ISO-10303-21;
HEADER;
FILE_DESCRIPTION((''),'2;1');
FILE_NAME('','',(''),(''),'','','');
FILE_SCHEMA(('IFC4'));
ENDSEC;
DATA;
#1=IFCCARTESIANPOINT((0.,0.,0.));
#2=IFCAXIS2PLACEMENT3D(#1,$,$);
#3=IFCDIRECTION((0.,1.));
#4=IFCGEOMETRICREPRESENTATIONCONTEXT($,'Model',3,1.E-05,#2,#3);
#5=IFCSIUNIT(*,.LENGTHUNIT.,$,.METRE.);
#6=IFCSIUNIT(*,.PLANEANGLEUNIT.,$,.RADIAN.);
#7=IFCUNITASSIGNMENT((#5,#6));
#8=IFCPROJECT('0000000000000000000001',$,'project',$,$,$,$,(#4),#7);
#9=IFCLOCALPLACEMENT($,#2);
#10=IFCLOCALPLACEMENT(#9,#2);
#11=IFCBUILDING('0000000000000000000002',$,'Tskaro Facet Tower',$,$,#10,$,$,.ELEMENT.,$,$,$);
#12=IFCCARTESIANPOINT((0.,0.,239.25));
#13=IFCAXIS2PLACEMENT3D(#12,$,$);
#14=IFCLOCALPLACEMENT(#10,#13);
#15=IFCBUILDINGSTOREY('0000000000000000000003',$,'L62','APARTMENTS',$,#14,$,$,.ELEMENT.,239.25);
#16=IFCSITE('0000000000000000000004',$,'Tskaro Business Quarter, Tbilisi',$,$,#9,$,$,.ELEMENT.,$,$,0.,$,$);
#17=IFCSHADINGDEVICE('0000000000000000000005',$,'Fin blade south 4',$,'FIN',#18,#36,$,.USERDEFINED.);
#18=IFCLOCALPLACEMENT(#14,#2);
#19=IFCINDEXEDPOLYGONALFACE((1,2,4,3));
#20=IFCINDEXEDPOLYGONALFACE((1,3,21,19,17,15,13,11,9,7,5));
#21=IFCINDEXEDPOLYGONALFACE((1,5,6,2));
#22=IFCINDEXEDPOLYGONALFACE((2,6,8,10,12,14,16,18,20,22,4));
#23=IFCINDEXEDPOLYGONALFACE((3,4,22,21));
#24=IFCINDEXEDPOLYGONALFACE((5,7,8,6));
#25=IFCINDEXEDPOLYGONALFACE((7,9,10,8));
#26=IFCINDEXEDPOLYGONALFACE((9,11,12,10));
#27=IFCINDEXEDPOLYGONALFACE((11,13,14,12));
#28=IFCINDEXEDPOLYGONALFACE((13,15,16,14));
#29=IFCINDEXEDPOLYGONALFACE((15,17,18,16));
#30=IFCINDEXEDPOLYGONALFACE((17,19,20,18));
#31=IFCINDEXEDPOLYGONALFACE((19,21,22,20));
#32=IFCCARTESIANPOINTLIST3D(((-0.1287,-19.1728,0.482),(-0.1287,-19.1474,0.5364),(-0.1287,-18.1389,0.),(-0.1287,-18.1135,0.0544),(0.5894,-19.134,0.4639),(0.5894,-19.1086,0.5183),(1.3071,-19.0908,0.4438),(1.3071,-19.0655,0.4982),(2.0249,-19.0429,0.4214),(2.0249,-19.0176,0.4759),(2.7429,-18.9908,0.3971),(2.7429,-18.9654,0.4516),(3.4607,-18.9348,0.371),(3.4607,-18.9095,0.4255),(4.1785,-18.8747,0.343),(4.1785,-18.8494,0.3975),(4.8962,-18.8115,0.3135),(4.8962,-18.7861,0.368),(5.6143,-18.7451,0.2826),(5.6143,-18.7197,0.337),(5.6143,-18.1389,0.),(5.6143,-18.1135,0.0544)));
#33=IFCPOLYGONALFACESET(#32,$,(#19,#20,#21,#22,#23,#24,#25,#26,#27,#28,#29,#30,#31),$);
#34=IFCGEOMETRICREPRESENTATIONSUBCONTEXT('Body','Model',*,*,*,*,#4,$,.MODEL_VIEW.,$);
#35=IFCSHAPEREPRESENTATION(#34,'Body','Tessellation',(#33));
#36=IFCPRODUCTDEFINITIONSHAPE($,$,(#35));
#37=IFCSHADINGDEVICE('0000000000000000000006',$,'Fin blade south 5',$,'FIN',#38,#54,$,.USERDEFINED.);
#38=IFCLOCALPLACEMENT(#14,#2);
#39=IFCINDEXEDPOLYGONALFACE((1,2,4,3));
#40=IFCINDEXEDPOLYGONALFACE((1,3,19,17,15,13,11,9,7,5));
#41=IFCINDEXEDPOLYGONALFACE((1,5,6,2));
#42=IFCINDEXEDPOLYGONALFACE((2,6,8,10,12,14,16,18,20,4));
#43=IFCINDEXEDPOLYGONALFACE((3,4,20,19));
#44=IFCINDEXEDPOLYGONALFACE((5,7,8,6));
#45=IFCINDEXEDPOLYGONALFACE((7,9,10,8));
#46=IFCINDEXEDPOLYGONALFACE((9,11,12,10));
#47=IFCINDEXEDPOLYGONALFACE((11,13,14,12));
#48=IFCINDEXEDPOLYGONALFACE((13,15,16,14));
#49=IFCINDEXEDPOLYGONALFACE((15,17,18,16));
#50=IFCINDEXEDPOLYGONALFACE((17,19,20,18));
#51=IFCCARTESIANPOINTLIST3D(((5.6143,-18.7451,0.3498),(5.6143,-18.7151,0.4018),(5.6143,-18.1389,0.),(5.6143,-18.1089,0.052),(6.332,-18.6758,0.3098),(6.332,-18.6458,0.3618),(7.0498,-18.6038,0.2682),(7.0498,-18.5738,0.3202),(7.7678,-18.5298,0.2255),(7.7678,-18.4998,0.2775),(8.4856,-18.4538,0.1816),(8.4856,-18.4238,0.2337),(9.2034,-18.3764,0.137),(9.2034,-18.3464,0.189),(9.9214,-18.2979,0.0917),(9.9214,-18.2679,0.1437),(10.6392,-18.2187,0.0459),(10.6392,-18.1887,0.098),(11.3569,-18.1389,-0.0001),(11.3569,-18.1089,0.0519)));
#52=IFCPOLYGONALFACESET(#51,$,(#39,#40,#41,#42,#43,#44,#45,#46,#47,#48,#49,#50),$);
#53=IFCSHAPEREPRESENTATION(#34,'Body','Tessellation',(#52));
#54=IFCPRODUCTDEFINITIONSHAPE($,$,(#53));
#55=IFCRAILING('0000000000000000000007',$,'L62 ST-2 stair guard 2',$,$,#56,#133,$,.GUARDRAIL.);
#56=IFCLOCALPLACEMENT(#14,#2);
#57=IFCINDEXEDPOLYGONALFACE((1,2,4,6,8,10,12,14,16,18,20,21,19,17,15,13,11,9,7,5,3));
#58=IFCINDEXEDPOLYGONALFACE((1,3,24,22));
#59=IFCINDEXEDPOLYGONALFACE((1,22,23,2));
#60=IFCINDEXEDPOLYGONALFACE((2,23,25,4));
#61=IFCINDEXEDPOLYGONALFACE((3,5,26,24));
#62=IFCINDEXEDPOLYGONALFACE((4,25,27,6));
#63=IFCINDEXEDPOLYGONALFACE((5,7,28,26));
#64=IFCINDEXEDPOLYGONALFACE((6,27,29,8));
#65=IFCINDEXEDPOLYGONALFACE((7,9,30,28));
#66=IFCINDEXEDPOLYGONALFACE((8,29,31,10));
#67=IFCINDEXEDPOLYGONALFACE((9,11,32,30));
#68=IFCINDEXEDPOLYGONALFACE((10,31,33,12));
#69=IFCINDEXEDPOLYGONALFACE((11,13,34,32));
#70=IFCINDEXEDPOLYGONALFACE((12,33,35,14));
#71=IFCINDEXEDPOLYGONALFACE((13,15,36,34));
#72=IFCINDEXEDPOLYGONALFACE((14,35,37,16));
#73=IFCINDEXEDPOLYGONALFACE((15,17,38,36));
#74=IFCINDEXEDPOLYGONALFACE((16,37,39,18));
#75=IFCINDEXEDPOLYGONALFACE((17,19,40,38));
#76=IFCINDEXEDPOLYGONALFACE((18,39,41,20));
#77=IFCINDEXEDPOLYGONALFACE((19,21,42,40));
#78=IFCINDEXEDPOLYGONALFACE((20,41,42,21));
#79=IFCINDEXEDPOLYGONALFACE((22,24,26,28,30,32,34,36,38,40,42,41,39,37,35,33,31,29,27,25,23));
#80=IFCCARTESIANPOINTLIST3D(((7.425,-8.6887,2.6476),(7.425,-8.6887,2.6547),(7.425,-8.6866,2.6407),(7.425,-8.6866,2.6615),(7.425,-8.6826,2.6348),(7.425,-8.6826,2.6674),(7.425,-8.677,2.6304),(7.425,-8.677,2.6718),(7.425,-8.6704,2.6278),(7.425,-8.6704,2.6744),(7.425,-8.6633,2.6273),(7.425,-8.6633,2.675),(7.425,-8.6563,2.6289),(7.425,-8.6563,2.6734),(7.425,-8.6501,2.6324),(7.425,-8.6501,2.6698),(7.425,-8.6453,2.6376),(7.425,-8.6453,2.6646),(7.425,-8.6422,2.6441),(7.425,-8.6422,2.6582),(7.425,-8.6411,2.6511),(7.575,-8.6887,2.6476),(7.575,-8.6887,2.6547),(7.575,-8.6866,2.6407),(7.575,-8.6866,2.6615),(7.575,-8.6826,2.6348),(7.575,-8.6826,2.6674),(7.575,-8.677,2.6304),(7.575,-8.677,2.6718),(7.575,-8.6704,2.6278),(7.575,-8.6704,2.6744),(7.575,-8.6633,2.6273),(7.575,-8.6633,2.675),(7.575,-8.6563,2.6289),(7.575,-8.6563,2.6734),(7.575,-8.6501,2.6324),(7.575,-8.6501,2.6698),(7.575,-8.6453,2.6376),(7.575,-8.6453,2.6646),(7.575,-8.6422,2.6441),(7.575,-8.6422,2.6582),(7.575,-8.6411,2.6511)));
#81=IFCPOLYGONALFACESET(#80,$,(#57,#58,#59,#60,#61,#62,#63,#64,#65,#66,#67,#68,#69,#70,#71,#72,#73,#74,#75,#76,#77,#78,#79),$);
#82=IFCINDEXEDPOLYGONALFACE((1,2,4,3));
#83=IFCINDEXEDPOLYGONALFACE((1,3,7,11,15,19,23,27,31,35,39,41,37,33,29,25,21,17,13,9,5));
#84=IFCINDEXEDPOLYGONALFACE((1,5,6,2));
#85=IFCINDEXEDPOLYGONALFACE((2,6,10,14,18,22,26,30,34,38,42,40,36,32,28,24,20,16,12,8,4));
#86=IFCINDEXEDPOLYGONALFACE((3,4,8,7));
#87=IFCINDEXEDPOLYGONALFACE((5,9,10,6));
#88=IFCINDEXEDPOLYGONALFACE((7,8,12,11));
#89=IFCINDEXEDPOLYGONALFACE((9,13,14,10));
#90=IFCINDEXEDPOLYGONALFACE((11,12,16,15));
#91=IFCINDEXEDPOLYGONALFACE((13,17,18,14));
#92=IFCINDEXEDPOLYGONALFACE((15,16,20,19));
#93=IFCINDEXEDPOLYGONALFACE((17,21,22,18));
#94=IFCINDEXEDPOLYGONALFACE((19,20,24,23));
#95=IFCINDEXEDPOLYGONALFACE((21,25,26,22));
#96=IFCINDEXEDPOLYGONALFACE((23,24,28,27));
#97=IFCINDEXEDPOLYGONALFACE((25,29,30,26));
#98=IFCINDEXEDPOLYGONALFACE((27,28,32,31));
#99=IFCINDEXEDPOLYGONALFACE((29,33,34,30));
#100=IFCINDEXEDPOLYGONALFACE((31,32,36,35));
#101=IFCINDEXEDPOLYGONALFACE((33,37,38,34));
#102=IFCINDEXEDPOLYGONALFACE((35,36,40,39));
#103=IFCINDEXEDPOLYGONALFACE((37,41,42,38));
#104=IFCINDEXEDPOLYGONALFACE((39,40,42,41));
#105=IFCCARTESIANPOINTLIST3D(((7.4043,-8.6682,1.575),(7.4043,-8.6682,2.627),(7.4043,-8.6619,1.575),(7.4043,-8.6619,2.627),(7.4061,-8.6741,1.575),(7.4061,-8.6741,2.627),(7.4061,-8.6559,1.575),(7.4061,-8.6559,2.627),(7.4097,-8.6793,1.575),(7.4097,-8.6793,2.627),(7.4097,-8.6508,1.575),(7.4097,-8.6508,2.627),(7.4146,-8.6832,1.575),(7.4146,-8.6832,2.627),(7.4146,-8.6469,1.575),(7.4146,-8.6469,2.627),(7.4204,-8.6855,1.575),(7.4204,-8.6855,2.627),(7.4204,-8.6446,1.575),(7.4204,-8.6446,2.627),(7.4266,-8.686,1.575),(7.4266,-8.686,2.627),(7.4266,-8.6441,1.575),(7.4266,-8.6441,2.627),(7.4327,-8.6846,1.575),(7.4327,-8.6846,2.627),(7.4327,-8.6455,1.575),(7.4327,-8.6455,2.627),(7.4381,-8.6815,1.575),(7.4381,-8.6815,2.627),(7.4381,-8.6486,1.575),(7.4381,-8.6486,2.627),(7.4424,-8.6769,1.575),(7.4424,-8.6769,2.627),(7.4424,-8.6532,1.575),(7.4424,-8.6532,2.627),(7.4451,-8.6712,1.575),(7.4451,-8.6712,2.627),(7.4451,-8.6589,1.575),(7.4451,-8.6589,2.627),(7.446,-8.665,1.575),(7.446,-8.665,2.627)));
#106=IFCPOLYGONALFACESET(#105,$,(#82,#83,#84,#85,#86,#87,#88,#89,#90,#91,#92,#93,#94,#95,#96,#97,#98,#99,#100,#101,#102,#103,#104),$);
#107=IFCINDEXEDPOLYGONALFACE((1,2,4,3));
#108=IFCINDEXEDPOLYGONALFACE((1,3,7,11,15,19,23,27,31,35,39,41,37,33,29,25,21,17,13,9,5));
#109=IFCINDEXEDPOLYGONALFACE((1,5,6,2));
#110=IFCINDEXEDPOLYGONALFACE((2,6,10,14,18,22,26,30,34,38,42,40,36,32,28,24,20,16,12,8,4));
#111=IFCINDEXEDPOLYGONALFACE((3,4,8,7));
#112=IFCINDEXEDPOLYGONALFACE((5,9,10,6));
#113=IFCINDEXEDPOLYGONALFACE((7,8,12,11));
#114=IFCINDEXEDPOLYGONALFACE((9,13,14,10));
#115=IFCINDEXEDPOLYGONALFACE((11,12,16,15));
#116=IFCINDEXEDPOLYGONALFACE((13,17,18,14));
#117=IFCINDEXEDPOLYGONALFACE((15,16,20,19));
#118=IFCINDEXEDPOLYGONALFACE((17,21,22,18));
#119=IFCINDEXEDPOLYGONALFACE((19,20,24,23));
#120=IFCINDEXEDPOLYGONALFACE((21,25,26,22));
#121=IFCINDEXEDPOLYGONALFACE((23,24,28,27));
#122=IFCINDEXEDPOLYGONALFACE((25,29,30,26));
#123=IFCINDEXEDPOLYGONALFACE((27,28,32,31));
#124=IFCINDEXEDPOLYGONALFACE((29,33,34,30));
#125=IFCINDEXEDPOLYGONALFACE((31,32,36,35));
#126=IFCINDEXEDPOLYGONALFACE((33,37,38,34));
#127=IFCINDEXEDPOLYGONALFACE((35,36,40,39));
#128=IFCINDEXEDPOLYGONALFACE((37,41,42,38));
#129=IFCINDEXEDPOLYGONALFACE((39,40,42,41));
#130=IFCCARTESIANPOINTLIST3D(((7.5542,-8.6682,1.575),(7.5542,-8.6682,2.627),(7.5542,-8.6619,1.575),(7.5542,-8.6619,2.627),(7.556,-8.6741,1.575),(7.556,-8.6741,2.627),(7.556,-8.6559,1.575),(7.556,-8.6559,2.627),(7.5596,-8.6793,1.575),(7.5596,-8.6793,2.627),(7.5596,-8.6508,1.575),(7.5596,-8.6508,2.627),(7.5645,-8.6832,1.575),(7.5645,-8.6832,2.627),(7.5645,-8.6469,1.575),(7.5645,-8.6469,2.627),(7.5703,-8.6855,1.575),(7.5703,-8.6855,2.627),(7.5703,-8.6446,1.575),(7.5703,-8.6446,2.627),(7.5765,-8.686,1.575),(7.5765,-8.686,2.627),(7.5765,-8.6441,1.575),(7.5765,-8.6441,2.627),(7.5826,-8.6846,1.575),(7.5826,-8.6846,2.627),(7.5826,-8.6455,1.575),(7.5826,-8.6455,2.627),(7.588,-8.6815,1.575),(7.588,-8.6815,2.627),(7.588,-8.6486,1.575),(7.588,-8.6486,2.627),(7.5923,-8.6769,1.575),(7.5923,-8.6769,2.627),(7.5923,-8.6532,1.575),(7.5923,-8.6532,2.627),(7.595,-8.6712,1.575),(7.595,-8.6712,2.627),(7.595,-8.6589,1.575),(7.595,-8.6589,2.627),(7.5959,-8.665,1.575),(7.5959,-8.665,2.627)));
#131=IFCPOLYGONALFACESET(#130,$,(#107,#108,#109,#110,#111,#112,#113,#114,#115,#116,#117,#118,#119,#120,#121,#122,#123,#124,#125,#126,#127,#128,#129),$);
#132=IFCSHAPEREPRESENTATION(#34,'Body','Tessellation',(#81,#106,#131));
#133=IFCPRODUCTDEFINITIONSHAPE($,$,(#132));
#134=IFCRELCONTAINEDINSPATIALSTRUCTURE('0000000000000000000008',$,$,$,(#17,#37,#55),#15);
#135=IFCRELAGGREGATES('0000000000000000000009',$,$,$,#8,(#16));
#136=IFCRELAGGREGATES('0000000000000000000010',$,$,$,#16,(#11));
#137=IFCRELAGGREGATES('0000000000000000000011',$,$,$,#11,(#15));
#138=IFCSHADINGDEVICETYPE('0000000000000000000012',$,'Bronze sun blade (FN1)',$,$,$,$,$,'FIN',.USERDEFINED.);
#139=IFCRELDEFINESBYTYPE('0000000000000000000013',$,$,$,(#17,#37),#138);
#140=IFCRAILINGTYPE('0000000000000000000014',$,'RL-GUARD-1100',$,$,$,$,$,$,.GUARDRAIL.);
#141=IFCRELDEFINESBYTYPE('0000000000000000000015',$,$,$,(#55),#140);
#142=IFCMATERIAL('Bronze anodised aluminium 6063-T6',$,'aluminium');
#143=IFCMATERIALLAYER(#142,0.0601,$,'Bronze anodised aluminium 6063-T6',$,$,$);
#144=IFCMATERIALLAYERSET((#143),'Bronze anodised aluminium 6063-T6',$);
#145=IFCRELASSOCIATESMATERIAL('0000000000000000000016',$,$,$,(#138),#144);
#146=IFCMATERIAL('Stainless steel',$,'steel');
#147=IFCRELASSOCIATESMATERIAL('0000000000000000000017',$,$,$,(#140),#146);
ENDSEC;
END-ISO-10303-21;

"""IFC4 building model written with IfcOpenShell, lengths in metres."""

from ifc_helpers import new_model, si_unit, direction, frame, origin, origin_2d, place, context, subcontext, project, spatial, polyline, circle, outline, extrude, material, layer, layer_set, type_object, element, save


model = new_model("IFC4")

# Units and contexts
model_context = context("Model", 3, precision=1e-05, world=origin(), true_north=direction((0.0, 1.0)))
body_context = subcontext(model_context, "Body", "Model", "MODEL_VIEW")
ifc_project = project(units=[si_unit("LENGTHUNIT", "METRE"), si_unit("PLANEANGLEUNIT", "RADIAN")], contexts=[model_context])

# Site, building, storey
site_placement = place(None, origin())
site = spatial("IfcSite", under=ifc_project, at=site_placement, Name="Tskaro Business Quarter, Tbilisi", CompositionType="ELEMENT", RefElevation=0.0)
building_placement = place(site_placement, origin())
building = spatial("IfcBuilding", under=site, at=building_placement, Name="Tskaro Facet Tower", CompositionType="ELEMENT")
storey_placement = place(building_placement, frame((0.0, 0.0, 239.25)))
storey = spatial("IfcBuildingStorey", under=building, at=storey_placement, Name="L62", Description="APARTMENTS", CompositionType="ELEMENT", Elevation=239.25)

# Shared definitions
ifc_material_1 = material(Name="Bronze anodised aluminium 6063-T6", Category="aluminium")

# Shading devices
ifc_layer_1 = layer(ifc_material_1, 0.0601, Name="Bronze anodised aluminium 6063-T6")
ifc_layer_set_1 = layer_set([ifc_layer_1], Name="Bronze anodised aluminium 6063-T6")
shading_device_type = type_object("IfcShadingDeviceType", Name="Bronze sun blade (FN1)", ElementType="FIN", PredefinedType="USERDEFINED", material=ifc_layer_set_1)
shading_device_1_placement = place(storey_placement, frame((-0.1287, -18.1135, 0.0544), z_axis=(0.000001, 0.422521, 0.906353), x_axis=(1.0, -0.000001, -0.000001)))
element("IfcShadingDevice", 1, at=shading_device_1_placement, inside=storey, type_object=shading_device_type, Name="Fin blade south 4", ObjectType="FIN", PredefinedType="USERDEFINED", context=body_context, shape_type="SweptSolid", body=[
    extrude(outline(polyline([(0.0, 0.0), (5.7429, 0.0), (5.7429, -0.6688), (5.0249, -0.7421), (4.3071, -0.8119), (3.5894, -0.8782), (2.8716, -0.9399), (2.1536, -0.9974), (1.4358, -1.0503), (0.718, -1.0979), (0.0, -1.1407), (0.0, 0.0)])), origin(), (0.0, 0.0, -1.0), 0.0601),
])
shading_device_2_placement = place(storey_placement, frame((5.6143, -18.1089, 0.052), z_axis=(0.000013, 0.499765, 0.866161), x_axis=(1.0, -0.000006, -0.000011)))
element("IfcShadingDevice", 2, at=shading_device_2_placement, inside=storey, type_object=shading_device_type, Name="Fin blade south 5", ObjectType="FIN", PredefinedType="USERDEFINED", context=body_context, shape_type="SweptSolid", body=[
    extrude(outline(polyline([(0.0, 0.0), (5.7427, 0.0), (5.0249, -0.0921), (4.3071, -0.1835), (3.5891, -0.2742), (2.8713, -0.3636), (2.1536, -0.4513), (1.4355, -0.5367), (0.7178, -0.6198), (0.0, -0.6999), (0.0, 0.0)])), origin(), (0.0, 0.0, -1.0), 0.0601),
])

# Railing
ifc_material_2 = material(Name="Stainless steel", Category="steel")
railing_type_1 = type_object("IfcRailingType", Name="RL-GUARD-1100", PredefinedType="GUARDRAIL", material=ifc_material_2)
railing_1_placement = place(storey_placement, frame((7.425, -8.665, 1.575)))
element("IfcRailing", 3, at=railing_1_placement, inside=storey, type_object=railing_type_1, Name="L62 ST-2 stair guard 2", PredefinedType="GUARDRAIL", context=body_context, shape_type="SweptSolid", body=[
    extrude(circle(Radius=0.0239, at=origin_2d()), frame((0.0, 0.0, 1.0762), z_axis=(1.0, 0.0, 0.0), x_axis=(0.0, 1.0, 0.0)), (0.0, 0.0, 1.0), 0.1499),
    extrude(circle(Radius=0.021, at=origin_2d()), origin(), (0.0, 0.0, 1.0), 1.052),
    extrude(circle(Radius=0.021, at=origin_2d()), frame((0.1499, 0.0, 0.0)), (0.0, 0.0, 1.0), 1.052),
])

save(model, "model.ifc")
